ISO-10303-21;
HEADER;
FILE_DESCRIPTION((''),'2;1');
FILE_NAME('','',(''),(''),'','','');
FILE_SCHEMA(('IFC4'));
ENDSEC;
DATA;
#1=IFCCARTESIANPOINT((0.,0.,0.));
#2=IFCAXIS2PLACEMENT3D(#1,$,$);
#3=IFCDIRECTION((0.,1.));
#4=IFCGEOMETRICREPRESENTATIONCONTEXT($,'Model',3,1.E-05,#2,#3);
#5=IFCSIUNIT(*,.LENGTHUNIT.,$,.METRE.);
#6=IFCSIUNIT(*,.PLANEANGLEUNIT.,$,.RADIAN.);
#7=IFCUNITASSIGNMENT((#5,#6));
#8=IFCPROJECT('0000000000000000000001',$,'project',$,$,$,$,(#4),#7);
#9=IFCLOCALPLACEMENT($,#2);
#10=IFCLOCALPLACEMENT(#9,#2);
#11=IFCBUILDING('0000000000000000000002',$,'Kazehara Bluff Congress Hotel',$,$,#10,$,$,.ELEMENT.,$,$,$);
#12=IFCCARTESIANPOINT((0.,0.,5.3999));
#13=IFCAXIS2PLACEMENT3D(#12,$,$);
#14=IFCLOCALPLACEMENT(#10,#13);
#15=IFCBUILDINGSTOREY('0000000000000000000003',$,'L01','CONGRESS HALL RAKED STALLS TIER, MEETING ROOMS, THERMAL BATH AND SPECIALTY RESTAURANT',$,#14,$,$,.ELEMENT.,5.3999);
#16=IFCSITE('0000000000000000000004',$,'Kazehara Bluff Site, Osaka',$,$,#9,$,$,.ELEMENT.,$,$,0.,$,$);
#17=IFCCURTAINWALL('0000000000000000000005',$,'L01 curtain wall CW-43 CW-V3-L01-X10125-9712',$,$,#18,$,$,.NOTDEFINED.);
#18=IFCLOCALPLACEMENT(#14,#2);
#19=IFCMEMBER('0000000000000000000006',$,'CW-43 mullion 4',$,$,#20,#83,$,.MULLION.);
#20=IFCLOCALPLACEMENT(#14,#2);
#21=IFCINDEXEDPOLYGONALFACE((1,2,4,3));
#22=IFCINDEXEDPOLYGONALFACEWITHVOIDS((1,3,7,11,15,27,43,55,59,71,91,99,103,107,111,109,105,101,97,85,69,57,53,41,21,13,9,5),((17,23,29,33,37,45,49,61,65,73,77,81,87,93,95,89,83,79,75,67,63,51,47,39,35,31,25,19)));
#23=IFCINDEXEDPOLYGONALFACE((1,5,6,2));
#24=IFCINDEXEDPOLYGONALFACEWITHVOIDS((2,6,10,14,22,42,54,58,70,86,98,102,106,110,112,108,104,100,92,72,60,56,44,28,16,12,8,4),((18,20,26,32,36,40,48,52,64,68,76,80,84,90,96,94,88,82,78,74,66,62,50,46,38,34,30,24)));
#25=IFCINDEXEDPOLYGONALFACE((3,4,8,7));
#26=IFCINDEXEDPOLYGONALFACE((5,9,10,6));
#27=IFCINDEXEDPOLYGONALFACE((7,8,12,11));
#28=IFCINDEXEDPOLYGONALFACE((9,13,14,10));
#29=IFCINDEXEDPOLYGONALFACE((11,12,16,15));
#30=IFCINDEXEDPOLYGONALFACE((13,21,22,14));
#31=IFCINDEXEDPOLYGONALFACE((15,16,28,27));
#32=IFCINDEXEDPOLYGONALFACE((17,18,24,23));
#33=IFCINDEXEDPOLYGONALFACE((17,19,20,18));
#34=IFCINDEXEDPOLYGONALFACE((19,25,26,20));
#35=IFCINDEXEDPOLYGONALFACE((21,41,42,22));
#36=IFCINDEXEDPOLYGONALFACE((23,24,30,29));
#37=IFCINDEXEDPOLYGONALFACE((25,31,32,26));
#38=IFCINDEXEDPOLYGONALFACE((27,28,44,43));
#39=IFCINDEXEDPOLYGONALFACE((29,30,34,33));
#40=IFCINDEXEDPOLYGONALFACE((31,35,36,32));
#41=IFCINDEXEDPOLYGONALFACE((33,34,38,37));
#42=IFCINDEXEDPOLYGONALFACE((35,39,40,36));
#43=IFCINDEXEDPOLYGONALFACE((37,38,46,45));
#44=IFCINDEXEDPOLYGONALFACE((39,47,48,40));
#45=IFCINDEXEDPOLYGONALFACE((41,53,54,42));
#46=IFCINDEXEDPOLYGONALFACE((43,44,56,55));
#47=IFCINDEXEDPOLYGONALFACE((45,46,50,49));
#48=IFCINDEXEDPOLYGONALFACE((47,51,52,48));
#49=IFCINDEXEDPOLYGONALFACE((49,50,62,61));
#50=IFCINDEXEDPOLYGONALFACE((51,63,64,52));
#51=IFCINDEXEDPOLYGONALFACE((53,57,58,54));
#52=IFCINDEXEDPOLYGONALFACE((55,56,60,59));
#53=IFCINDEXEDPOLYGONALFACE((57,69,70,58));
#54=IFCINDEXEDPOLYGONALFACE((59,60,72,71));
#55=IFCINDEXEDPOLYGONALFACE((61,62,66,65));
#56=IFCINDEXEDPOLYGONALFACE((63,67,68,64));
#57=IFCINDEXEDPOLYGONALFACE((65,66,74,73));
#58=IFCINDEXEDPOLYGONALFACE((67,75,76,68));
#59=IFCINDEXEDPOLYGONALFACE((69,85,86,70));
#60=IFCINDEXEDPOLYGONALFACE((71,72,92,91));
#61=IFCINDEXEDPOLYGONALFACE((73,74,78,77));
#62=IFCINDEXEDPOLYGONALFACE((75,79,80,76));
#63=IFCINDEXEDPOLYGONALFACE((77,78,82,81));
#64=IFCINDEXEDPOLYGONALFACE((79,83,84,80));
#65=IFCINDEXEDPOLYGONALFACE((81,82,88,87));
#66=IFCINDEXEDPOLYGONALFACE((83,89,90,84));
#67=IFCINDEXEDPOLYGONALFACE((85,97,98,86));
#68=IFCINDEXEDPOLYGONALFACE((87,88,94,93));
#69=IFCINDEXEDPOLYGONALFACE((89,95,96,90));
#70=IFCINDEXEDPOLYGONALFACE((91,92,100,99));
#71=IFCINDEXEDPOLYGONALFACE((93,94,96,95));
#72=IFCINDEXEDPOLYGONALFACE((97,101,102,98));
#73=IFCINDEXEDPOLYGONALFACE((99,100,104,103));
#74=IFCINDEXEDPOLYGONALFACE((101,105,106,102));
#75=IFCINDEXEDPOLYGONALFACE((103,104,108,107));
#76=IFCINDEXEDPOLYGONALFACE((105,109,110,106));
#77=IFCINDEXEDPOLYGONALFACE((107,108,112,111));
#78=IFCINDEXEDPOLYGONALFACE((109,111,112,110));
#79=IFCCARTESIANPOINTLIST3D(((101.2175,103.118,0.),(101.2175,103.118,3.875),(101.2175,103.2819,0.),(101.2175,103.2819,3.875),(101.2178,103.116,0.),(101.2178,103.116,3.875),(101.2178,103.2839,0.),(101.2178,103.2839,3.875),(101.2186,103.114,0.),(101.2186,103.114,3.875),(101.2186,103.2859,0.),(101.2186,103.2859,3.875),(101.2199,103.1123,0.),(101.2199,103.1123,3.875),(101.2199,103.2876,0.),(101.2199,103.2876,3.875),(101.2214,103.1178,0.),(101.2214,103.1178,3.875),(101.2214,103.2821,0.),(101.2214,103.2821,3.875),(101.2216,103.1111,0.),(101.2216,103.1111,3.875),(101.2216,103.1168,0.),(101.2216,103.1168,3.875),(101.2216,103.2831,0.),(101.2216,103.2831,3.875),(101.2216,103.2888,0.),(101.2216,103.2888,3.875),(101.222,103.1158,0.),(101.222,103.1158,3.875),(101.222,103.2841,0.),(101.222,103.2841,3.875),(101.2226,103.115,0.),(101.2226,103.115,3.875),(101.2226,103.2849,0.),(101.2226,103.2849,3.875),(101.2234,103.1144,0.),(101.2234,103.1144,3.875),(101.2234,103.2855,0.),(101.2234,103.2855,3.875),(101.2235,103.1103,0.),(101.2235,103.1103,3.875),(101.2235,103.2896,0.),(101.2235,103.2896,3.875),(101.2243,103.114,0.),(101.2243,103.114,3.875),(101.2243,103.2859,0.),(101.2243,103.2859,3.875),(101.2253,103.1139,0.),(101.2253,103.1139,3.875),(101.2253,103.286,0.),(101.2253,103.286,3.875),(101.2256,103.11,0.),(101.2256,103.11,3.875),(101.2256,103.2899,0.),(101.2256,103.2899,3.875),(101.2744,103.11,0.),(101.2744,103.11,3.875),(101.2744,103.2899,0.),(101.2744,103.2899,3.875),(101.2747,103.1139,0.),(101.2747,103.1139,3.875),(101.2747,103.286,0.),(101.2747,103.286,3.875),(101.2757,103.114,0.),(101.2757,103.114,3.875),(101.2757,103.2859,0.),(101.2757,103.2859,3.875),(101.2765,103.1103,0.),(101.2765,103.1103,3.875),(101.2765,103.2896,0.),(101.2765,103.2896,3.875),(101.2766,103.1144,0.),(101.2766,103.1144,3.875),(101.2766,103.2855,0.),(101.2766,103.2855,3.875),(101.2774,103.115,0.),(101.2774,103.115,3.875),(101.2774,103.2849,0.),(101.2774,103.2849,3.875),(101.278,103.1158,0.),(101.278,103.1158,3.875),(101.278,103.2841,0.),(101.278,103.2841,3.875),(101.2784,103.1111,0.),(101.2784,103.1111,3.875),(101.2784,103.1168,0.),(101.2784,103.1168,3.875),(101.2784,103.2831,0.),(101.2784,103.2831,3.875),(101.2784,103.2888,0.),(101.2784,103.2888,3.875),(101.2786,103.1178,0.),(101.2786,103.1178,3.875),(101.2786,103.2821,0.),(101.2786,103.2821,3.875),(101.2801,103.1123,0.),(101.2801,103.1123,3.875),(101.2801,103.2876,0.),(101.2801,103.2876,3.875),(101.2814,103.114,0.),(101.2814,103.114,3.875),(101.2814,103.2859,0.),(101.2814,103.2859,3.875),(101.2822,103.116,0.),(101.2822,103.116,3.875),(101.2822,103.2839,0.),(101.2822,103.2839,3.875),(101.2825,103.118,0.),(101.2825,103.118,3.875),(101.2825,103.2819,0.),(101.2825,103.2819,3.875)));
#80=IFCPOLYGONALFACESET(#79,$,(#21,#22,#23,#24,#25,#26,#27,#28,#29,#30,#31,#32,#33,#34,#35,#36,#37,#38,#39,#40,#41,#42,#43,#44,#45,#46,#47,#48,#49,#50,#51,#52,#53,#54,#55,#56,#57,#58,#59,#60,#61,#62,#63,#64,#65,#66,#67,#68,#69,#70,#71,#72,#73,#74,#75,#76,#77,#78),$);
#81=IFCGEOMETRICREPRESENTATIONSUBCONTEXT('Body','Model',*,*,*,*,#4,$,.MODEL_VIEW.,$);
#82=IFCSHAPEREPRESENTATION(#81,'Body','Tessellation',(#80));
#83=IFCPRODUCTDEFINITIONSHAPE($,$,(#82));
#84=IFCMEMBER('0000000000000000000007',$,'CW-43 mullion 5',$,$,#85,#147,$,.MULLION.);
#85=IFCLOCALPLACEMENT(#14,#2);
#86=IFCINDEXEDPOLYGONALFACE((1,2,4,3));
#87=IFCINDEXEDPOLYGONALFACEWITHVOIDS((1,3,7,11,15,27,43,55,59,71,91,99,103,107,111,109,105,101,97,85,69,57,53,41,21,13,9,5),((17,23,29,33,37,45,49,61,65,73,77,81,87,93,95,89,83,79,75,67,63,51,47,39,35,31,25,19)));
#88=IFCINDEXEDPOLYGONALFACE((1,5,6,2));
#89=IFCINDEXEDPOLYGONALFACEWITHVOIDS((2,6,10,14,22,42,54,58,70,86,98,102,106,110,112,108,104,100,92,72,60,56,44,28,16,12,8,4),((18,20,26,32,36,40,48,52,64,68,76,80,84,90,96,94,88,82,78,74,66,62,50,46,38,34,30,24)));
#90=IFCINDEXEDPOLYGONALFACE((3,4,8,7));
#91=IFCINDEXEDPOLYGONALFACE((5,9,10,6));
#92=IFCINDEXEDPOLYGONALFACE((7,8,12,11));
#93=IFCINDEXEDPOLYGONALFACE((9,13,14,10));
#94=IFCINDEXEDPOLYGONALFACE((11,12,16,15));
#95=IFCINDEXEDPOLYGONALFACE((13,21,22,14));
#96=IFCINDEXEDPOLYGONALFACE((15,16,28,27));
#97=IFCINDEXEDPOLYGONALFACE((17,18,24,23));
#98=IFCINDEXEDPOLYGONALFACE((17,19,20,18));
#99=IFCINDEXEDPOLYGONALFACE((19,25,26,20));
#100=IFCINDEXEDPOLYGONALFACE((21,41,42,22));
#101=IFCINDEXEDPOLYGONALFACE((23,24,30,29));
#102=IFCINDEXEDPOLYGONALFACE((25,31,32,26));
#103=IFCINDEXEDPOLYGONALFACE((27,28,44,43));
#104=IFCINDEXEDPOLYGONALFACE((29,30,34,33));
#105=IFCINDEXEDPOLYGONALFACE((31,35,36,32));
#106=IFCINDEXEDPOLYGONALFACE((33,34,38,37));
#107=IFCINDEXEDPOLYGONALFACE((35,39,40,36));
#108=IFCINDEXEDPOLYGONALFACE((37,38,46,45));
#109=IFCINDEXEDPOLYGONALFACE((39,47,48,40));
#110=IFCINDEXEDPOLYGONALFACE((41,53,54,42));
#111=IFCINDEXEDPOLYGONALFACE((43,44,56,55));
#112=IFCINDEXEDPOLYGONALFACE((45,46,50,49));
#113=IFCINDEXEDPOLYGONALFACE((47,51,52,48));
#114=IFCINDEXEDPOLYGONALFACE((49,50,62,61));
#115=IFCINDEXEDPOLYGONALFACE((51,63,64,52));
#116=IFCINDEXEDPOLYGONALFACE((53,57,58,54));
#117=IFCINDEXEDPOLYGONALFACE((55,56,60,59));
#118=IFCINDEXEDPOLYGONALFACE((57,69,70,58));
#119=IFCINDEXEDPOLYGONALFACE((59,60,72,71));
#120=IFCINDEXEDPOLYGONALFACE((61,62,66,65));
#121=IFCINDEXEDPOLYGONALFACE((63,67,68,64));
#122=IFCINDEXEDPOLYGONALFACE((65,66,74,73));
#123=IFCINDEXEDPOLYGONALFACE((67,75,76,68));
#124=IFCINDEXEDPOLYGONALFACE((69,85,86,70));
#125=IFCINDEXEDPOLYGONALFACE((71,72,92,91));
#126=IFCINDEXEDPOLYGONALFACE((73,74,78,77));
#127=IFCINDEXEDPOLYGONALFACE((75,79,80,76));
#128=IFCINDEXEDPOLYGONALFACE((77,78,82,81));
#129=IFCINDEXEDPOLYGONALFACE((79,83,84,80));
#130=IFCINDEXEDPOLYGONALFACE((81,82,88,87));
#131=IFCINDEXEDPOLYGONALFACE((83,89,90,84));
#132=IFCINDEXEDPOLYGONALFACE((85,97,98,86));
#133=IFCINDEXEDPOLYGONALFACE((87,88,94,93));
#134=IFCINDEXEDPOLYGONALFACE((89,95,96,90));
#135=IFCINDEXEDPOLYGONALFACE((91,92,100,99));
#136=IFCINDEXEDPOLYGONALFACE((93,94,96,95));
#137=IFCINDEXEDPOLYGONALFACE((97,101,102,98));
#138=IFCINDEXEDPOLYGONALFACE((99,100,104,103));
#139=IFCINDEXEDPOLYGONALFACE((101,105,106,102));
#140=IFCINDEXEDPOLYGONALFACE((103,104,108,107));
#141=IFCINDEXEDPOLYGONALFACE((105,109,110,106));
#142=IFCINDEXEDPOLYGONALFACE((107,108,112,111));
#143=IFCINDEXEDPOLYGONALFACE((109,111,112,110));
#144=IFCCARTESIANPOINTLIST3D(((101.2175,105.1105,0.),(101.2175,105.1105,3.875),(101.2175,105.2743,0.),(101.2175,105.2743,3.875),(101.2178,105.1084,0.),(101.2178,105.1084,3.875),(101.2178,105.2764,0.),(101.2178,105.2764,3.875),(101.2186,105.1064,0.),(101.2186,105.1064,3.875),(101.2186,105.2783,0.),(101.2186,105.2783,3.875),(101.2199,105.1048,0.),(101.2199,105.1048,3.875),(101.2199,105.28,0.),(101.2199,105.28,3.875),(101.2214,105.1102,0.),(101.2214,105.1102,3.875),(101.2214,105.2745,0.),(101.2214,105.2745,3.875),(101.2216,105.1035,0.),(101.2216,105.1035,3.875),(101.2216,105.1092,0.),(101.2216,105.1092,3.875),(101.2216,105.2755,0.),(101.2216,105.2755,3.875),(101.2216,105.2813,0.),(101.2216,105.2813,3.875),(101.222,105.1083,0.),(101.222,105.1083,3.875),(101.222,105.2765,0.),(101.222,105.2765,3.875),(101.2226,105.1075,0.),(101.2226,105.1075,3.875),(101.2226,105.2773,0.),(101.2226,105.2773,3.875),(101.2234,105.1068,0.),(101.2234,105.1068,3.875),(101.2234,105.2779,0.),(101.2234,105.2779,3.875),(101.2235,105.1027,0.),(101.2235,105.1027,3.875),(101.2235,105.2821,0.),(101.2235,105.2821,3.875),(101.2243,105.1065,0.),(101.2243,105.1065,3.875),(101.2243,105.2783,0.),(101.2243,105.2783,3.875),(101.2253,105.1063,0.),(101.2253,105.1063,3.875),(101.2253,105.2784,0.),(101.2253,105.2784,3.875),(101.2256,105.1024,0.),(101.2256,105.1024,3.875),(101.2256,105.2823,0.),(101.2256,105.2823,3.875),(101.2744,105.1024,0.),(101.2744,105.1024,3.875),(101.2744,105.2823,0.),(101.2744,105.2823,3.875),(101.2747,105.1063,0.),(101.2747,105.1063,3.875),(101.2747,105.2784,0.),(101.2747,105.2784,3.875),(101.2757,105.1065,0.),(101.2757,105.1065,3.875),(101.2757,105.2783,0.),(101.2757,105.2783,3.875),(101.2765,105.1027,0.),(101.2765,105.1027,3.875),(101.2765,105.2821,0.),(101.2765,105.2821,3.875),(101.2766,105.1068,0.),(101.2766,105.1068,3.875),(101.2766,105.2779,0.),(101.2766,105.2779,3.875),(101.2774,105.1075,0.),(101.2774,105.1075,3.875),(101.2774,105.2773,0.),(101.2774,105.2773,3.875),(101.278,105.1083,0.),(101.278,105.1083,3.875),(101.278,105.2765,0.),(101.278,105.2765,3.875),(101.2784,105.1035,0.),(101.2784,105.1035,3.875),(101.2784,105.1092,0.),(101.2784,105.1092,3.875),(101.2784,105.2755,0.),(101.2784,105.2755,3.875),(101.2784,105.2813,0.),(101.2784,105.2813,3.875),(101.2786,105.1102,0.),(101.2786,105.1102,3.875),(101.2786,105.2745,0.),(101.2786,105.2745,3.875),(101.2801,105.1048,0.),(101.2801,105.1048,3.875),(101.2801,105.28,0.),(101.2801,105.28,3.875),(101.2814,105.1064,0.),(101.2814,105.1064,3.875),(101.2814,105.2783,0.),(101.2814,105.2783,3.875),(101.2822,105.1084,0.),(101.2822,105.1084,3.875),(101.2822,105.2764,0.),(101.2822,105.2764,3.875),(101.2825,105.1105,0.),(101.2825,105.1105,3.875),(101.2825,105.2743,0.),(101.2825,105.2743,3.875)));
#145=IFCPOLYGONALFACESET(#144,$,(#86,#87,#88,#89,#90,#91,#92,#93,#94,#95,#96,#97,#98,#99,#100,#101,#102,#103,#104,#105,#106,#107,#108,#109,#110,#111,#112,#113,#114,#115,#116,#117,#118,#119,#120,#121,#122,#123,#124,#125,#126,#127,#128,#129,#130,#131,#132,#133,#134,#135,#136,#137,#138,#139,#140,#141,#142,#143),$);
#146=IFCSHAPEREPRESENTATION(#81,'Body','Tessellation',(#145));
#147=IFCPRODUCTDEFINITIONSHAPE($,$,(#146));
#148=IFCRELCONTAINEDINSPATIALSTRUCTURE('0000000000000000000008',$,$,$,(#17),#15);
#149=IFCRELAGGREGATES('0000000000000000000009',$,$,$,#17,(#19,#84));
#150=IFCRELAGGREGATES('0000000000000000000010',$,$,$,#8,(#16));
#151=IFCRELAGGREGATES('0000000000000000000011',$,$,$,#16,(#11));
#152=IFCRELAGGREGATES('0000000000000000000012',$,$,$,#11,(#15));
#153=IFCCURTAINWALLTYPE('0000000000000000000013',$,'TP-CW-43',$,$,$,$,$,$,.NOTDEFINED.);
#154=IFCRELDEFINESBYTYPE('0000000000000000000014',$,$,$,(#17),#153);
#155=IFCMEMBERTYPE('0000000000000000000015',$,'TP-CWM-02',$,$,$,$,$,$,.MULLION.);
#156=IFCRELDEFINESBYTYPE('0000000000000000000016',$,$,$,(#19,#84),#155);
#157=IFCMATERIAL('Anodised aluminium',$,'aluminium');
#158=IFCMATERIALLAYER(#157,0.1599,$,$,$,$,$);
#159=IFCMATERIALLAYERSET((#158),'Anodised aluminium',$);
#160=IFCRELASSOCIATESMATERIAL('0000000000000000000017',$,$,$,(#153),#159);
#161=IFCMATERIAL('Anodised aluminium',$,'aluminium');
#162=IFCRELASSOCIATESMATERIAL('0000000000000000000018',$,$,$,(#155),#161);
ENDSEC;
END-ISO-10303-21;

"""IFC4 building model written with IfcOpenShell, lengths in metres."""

from ifc_helpers import new_model, si_unit, direction, frame, origin, origin_2d, place, context, subcontext, project, spatial, hollow_rectangle, extrude, material, layer, layer_set, material_profile, profile_set, type_object, element, aggregate, save


model = new_model("IFC4")

# Units and contexts
model_context = context("Model", 3, precision=1e-05, world=origin(), true_north=direction((0.0, 1.0)))
body_context = subcontext(model_context, "Body", "Model", "MODEL_VIEW")
ifc_project = project(units=[si_unit("LENGTHUNIT", "METRE"), si_unit("PLANEANGLEUNIT", "RADIAN")], contexts=[model_context])

# Site, building, storey
site_placement = place(None, origin())
site = spatial("IfcSite", under=ifc_project, at=site_placement, Name="Kazehara Bluff Site, Osaka", CompositionType="ELEMENT", RefElevation=0.0)
building_placement = place(site_placement, origin())
building = spatial("IfcBuilding", under=site, at=building_placement, Name="Kazehara Bluff Congress Hotel", CompositionType="ELEMENT")
storey_placement = place(building_placement, frame((0.0, 0.0, 5.3999)))
storey = spatial("IfcBuildingStorey", under=building, at=storey_placement, Name="L01", Description="CONGRESS HALL RAKED STALLS TIER, MEETING ROOMS, THERMAL BATH AND SPECIALTY RESTAURANT", CompositionType="ELEMENT", Elevation=5.3999)

# Curtain wall, members
ifc_material_1 = material(Name="Anodised aluminium", Category="aluminium")
ifc_layer_1 = layer(ifc_material_1, 0.1599)
ifc_layer_set_1 = layer_set([ifc_layer_1], Name="Anodised aluminium")
curtain_wall_type_1 = type_object("IfcCurtainWallType", Name="TP-CW-43", PredefinedType="NOTDEFINED", material=ifc_layer_set_1)
curtain_wall_1_placement = place(storey_placement, origin())
curtain_wall_1 = element("IfcCurtainWall", 1, at=curtain_wall_1_placement, inside=storey, type_object=curtain_wall_type_1, Name="L01 curtain wall CW-43 CW-V3-L01-X10125-9712", PredefinedType="NOTDEFINED")
ifc_material_2 = material(Name="Anodised aluminium", Category="aluminium")
ifc_material_profile_1 = material_profile(ifc_material_2, hollow_rectangle(XDim=0.0649, YDim=0.1799, WallThickness=0.0039, InnerFilletRadius=0.0039, OuterFilletRadius=0.0081, at=origin_2d()))
ifc_profile_set_1 = profile_set([ifc_material_profile_1], Name="Anodised aluminium")
member_type_1 = type_object("IfcMemberType", Name="TP-CWM-02", PredefinedType="MULLION", material=ifc_profile_set_1)
member_1_placement = place(storey_placement, frame((101.25, 103.2, 0.0), z_axis=(0.0, 0.0, 1.0), x_axis=(-1.0, 0.0, 0.0)))
member_1 = element("IfcMember", 2, at=member_1_placement, type_object=member_type_1, Name="CW-43 mullion 4", PredefinedType="MULLION", context=body_context, shape_type="SweptSolid", body=[
    extrude(hollow_rectangle(XDim=0.0649, YDim=0.1799, WallThickness=0.0039, InnerFilletRadius=0.0039, OuterFilletRadius=0.0081, at=origin_2d()), origin(), (0.0, 0.0, 1.0), 3.875),
])
member_2_placement = place(storey_placement, frame((101.25, 105.1924, 0.0), z_axis=(0.0, 0.0, 1.0), x_axis=(-1.0, 0.0, 0.0)))
member_2 = element("IfcMember", 3, at=member_2_placement, type_object=member_type_1, Name="CW-43 mullion 5", PredefinedType="MULLION", context=body_context, shape_type="SweptSolid", body=[
    extrude(hollow_rectangle(XDim=0.0649, YDim=0.1799, WallThickness=0.0039, InnerFilletRadius=0.0039, OuterFilletRadius=0.0081, at=origin_2d()), origin(), (0.0, 0.0, 1.0), 3.875),
])

aggregate(curtain_wall_1, [member_1, member_2])

save(model, "model.ifc")
